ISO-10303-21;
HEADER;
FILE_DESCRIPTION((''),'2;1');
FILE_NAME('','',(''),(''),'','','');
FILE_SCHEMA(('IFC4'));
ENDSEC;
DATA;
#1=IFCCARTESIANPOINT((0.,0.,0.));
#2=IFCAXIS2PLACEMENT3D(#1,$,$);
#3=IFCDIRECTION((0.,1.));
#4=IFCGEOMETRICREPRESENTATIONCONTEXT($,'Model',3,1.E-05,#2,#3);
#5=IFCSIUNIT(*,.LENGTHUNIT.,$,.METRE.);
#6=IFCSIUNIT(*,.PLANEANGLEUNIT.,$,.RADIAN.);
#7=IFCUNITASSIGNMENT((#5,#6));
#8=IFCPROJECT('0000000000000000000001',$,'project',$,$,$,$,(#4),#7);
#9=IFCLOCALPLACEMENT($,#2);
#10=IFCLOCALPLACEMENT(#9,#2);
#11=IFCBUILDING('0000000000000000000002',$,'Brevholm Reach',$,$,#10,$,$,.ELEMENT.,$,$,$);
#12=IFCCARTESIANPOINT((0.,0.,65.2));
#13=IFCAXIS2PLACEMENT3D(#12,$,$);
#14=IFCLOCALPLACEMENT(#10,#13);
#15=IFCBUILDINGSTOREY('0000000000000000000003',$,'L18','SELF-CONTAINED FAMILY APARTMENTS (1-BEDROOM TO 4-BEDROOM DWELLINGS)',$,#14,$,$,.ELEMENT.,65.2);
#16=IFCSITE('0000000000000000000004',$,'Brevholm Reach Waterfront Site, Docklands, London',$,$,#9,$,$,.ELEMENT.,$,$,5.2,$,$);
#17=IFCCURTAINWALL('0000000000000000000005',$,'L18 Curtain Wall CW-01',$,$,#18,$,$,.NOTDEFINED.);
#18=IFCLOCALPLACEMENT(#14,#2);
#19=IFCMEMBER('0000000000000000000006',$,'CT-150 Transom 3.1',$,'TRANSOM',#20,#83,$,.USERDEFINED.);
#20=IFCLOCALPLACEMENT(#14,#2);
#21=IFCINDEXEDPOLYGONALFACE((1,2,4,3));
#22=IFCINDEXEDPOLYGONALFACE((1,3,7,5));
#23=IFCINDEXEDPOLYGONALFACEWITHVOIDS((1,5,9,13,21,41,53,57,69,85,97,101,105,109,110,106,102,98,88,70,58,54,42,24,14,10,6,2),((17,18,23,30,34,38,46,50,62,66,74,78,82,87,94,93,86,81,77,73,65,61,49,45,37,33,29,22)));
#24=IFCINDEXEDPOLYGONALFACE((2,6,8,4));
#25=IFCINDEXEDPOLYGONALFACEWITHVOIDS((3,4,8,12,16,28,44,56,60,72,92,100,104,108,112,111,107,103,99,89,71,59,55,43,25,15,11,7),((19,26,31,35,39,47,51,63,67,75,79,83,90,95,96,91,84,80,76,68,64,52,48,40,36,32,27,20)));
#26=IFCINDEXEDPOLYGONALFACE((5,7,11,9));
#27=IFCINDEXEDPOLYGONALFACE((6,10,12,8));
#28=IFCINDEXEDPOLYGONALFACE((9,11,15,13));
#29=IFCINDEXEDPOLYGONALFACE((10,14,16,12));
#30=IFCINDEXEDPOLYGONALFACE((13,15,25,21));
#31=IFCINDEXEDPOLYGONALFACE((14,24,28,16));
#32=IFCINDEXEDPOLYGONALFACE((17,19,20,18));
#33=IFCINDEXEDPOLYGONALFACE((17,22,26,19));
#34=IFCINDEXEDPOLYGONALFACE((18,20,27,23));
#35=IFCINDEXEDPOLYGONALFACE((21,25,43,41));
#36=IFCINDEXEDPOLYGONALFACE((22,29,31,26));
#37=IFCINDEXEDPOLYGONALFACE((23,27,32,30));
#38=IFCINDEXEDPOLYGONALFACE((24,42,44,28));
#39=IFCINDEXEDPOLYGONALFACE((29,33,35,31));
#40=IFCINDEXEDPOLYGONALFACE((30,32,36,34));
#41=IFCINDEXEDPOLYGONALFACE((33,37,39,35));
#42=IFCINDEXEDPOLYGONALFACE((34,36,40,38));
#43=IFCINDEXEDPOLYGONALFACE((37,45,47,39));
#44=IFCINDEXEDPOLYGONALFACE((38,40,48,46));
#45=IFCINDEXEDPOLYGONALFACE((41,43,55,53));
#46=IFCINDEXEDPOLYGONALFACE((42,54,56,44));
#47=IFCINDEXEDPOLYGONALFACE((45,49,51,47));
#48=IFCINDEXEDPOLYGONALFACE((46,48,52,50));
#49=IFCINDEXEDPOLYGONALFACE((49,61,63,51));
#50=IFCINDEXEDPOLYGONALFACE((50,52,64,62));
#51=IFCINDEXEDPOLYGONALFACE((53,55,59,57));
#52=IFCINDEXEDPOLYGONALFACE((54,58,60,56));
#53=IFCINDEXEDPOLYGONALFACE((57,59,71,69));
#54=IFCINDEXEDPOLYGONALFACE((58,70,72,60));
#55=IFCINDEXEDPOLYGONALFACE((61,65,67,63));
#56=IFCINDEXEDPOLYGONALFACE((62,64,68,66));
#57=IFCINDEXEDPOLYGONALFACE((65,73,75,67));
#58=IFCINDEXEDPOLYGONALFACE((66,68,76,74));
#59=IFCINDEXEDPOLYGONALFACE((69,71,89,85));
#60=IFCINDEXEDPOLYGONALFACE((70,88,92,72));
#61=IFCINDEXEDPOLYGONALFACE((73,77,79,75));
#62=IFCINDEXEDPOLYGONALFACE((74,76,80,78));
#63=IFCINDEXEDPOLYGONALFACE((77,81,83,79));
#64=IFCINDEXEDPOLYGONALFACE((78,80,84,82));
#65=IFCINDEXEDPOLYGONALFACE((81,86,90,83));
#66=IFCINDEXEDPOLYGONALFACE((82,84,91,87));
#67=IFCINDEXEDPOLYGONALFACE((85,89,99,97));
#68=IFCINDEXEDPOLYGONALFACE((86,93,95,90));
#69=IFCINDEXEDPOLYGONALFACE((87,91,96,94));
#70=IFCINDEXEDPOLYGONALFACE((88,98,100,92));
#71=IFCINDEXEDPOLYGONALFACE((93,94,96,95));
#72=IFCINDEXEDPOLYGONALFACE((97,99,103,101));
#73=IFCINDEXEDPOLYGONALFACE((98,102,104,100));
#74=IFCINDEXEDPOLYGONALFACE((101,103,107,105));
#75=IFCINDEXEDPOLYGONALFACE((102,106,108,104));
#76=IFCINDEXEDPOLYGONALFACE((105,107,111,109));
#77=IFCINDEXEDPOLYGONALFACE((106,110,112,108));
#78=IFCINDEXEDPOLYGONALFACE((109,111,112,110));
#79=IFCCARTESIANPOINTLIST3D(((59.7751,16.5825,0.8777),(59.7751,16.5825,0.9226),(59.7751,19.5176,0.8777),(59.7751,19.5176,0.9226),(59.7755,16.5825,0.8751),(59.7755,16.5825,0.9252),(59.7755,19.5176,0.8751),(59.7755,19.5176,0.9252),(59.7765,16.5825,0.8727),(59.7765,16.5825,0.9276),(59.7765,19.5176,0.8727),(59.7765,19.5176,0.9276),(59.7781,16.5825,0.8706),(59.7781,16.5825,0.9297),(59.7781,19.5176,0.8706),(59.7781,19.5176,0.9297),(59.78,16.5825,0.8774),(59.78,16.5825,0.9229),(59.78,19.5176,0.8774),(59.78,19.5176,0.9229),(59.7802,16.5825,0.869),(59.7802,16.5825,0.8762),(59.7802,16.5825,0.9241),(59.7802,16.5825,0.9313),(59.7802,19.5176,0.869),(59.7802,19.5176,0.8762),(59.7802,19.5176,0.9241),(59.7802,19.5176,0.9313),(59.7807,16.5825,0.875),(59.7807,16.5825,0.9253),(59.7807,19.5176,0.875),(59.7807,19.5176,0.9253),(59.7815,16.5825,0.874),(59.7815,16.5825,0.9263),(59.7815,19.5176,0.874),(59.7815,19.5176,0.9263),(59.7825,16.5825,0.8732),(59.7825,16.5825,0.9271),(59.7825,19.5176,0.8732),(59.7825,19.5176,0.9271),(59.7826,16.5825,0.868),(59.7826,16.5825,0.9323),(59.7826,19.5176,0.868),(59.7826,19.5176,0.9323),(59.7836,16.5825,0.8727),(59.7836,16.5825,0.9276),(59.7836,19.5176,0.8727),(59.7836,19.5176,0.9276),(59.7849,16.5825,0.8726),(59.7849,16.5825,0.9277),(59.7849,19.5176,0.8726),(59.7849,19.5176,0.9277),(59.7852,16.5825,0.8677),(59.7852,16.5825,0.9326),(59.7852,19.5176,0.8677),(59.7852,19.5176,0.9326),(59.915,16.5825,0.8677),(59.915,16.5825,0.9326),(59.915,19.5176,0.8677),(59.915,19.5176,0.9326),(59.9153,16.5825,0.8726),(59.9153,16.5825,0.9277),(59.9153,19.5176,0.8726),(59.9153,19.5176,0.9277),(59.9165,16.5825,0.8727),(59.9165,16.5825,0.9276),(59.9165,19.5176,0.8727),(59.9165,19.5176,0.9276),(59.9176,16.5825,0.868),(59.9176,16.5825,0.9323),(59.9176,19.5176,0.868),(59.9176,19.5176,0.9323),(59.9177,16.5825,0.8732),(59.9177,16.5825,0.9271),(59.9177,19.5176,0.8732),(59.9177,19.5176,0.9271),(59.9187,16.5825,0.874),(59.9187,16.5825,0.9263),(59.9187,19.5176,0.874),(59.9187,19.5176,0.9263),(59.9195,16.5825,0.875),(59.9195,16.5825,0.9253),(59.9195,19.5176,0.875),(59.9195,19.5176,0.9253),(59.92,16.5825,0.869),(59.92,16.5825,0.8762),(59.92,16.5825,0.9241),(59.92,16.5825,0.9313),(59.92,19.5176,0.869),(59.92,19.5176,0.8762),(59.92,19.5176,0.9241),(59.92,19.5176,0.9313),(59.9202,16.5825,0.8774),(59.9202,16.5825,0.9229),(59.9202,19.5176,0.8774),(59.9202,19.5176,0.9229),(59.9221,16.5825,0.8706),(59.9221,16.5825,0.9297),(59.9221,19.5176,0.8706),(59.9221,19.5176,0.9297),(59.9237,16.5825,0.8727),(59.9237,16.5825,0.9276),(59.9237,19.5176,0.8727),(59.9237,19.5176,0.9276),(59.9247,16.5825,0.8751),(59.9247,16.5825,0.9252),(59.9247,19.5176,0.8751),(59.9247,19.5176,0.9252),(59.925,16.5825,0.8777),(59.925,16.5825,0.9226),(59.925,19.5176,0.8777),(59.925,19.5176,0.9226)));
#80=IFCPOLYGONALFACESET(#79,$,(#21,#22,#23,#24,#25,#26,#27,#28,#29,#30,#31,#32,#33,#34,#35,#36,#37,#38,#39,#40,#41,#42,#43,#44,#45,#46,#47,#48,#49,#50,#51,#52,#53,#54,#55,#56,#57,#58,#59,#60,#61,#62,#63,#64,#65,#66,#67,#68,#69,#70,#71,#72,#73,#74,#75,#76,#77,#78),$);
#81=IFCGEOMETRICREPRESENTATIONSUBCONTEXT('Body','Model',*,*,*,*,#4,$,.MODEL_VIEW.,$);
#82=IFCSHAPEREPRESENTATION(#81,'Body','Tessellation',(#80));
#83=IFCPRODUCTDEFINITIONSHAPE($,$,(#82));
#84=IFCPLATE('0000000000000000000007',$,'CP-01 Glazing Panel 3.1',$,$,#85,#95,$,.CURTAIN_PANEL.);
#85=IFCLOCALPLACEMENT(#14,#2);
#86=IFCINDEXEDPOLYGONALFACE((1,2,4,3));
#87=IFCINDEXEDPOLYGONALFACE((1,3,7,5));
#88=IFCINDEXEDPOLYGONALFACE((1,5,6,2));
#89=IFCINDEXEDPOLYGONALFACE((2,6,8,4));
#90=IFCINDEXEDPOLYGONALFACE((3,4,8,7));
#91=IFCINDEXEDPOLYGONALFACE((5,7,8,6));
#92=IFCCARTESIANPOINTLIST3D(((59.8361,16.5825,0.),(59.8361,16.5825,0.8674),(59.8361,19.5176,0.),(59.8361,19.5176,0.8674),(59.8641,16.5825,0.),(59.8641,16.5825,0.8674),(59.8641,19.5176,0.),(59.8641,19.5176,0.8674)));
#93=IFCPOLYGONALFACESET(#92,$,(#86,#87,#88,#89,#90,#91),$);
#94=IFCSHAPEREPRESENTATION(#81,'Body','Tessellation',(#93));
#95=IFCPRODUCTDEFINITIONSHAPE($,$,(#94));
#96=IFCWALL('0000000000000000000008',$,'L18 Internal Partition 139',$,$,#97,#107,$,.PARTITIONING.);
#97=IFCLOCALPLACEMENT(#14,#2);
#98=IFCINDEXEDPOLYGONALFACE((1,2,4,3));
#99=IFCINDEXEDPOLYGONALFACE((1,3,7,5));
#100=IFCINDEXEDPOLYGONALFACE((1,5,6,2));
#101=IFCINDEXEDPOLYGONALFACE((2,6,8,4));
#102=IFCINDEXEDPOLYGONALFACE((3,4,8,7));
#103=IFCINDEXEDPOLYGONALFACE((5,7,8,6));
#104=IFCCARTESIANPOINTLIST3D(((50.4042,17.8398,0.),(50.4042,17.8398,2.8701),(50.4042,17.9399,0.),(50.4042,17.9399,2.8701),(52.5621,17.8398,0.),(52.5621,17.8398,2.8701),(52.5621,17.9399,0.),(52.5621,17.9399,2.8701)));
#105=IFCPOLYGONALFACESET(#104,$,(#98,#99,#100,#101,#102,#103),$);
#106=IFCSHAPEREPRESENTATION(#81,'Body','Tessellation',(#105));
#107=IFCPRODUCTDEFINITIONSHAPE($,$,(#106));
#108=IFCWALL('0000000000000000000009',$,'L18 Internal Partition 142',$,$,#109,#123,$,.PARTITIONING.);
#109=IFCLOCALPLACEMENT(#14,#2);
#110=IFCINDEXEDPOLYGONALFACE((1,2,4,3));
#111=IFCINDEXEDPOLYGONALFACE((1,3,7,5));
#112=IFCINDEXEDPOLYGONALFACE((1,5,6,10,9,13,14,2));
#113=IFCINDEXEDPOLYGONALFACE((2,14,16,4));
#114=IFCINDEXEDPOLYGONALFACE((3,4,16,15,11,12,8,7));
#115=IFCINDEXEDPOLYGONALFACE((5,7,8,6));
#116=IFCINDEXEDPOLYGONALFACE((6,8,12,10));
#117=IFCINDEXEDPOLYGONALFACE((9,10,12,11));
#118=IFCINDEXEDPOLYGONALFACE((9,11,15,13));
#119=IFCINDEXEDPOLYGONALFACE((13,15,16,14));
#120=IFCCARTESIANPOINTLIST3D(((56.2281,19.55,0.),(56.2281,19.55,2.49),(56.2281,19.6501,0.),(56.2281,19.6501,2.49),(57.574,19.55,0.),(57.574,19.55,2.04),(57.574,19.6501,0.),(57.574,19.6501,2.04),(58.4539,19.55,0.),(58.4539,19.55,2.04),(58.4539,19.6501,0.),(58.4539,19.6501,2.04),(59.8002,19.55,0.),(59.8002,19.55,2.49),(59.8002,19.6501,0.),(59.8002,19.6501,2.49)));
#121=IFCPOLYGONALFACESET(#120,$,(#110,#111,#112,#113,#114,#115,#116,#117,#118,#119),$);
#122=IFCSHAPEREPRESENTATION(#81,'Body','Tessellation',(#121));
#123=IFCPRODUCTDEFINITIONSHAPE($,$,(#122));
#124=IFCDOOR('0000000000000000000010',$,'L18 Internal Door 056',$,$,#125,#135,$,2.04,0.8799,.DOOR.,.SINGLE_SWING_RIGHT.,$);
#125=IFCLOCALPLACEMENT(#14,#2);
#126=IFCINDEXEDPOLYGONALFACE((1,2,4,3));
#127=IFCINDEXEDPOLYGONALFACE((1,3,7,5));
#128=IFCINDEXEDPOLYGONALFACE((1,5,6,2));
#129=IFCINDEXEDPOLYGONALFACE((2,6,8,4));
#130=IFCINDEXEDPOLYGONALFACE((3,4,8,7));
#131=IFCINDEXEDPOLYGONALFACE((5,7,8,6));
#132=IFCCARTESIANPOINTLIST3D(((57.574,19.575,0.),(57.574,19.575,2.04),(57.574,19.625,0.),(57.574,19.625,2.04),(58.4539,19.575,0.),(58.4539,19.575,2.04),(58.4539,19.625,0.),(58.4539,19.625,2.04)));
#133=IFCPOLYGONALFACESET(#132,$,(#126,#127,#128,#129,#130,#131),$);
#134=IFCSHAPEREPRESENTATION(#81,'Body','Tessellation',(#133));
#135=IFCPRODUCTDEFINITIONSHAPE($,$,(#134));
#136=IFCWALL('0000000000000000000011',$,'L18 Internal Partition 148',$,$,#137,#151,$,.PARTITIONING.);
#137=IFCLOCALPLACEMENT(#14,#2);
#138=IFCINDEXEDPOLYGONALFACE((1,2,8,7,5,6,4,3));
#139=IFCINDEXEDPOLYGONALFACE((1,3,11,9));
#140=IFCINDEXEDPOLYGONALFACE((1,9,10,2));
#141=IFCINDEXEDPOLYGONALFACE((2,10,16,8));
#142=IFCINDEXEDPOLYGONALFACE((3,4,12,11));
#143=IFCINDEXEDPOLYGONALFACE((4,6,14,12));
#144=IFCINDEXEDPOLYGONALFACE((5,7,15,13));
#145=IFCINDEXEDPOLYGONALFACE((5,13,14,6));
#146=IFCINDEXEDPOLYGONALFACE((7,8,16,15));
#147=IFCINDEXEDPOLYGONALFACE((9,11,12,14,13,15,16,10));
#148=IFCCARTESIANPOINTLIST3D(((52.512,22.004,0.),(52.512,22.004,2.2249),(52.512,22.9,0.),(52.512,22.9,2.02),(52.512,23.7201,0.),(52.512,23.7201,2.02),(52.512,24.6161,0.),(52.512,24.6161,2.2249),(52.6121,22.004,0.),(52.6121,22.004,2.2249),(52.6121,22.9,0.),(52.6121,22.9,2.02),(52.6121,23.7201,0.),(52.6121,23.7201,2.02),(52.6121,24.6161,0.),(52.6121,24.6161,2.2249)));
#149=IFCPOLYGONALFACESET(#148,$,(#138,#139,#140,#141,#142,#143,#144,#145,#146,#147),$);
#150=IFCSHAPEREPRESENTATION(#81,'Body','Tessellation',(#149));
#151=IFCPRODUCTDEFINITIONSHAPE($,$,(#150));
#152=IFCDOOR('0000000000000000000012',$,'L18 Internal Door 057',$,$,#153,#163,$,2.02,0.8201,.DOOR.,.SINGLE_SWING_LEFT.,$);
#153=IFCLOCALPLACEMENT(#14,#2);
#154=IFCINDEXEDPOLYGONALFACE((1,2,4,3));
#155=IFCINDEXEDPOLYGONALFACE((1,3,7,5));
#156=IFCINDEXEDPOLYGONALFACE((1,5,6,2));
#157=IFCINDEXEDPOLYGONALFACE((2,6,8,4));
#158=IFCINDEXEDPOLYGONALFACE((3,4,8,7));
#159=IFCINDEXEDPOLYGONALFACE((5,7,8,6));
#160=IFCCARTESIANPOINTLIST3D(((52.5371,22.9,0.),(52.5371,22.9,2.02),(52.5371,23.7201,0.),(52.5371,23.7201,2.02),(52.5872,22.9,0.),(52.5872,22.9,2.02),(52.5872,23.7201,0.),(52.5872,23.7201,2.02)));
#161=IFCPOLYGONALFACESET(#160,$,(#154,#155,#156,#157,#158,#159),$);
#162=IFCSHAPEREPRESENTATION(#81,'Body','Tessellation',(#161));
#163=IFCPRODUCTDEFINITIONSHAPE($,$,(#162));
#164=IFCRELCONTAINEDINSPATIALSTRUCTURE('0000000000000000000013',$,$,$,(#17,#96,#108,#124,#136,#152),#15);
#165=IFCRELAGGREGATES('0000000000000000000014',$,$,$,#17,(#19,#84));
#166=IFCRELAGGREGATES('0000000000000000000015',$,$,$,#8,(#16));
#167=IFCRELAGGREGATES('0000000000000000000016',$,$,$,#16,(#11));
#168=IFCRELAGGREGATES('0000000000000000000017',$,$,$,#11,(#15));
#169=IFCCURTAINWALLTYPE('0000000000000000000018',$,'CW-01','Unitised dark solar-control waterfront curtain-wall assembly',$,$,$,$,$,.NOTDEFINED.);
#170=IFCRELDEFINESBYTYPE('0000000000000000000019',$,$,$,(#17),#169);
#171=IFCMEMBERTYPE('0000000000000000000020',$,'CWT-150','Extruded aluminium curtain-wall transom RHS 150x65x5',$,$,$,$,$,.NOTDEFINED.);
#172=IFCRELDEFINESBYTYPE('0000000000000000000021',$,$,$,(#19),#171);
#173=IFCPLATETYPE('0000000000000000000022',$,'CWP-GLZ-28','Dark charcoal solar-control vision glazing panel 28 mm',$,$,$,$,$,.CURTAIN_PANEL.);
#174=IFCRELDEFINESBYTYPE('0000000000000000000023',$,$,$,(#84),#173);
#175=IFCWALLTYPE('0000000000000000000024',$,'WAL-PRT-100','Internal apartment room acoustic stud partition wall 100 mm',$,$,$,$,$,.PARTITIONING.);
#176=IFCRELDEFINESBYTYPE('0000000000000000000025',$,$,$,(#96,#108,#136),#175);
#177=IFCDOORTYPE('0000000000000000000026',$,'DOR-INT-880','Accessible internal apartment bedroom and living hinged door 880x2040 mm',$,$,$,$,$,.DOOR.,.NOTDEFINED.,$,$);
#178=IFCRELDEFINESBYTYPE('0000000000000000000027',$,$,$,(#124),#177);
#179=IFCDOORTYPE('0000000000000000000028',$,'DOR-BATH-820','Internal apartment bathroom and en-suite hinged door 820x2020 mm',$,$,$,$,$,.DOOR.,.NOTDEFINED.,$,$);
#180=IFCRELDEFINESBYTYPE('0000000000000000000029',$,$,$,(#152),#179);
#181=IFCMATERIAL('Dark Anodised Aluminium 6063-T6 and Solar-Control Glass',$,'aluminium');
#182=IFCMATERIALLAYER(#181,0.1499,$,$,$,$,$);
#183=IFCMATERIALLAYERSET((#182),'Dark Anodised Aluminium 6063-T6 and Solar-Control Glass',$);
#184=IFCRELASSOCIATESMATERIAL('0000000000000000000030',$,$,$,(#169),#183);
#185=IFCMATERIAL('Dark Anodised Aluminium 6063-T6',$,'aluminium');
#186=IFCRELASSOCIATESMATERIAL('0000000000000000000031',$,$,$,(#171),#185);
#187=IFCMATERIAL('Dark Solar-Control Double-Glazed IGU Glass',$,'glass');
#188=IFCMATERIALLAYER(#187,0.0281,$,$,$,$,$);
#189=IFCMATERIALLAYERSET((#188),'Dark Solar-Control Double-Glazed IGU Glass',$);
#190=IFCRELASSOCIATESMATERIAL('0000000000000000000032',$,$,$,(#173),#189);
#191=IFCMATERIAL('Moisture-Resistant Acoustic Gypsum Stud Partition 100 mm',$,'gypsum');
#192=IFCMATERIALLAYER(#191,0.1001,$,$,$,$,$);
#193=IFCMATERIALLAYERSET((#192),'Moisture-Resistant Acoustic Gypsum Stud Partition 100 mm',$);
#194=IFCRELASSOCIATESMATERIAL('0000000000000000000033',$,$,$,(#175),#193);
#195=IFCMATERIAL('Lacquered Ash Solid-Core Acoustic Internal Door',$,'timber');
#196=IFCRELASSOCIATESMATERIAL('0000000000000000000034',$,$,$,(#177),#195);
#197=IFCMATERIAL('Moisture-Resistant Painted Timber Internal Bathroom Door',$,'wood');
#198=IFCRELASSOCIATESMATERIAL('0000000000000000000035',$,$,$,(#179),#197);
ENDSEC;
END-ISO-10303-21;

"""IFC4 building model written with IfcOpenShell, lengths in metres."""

from ifc_helpers import new_model, si_unit, direction, frame, frame_2d, origin, origin_2d, place, context, subcontext, project, spatial, rectangle, hollow_rectangle, extrude, material, layer, layer_set, material_profile, profile_set, type_object, element, fill, aggregate, save


model = new_model("IFC4")

# Units and contexts
model_context = context("Model", 3, precision=1e-05, world=origin(), true_north=direction((0.0, 1.0)))
body_context = subcontext(model_context, "Body", "Model", "MODEL_VIEW")
ifc_project = project(units=[si_unit("LENGTHUNIT", "METRE"), si_unit("PLANEANGLEUNIT", "RADIAN")], contexts=[model_context])

# Site, building, storey
site_placement = place(None, origin())
site = spatial("IfcSite", under=ifc_project, at=site_placement, Name="Brevholm Reach Waterfront Site, Docklands, London", CompositionType="ELEMENT", RefElevation=5.2)
building_placement = place(site_placement, origin())
building = spatial("IfcBuilding", under=site, at=building_placement, Name="Brevholm Reach", CompositionType="ELEMENT")
storey_placement = place(building_placement, frame((0.0, 0.0, 65.2)))
storey = spatial("IfcBuildingStorey", under=building, at=storey_placement, Name="L18", Description="SELF-CONTAINED FAMILY APARTMENTS (1-BEDROOM TO 4-BEDROOM DWELLINGS)", CompositionType="ELEMENT", Elevation=65.2)

# Curtain wall, member, plate
ifc_material_1 = material(Name="Dark Anodised Aluminium 6063-T6 and Solar-Control Glass", Category="aluminium")
ifc_layer_1 = layer(ifc_material_1, 0.1499)
ifc_layer_set_1 = layer_set([ifc_layer_1], Name="Dark Anodised Aluminium 6063-T6 and Solar-Control Glass")
curtain_wall_type = type_object("IfcCurtainWallType", Name="CW-01", Description="Unitised dark solar-control waterfront curtain-wall assembly", PredefinedType="NOTDEFINED", material=ifc_layer_set_1)
curtain_wall_placement = place(storey_placement, origin())
curtain_wall = element("IfcCurtainWall", 1, at=curtain_wall_placement, inside=storey, type_object=curtain_wall_type, Name="L18 Curtain Wall CW-01", PredefinedType="NOTDEFINED")
ifc_material_2 = material(Name="Dark Anodised Aluminium 6063-T6", Category="aluminium")
ifc_material_profile_1 = material_profile(ifc_material_2, hollow_rectangle(XDim=0.0649, YDim=0.1499, WallThickness=0.0049, InnerFilletRadius=0.0049, OuterFilletRadius=0.01, at=origin_2d()), Name="RHS 150x65x5")
ifc_profile_set_1 = profile_set([ifc_material_profile_1], Name="Dark Anodised Aluminium 6063-T6")
member_type_1 = type_object("IfcMemberType", Name="CWT-150", Description="Extruded aluminium curtain-wall transom RHS 150x65x5", PredefinedType="NOTDEFINED", material=ifc_profile_set_1)
member_1_placement = place(storey_placement, frame((59.8501, 16.5825, 0.9001), z_axis=(0.0, 1.0, 0.0), x_axis=(0.0, 0.0, 1.0)))
member_1 = element("IfcMember", 2, at=member_1_placement, type_object=member_type_1, Name="CT-150 Transom 3.1", ObjectType="TRANSOM", PredefinedType="USERDEFINED", context=body_context, shape_type="SweptSolid", body=[
    extrude(hollow_rectangle(XDim=0.0649, YDim=0.1499, WallThickness=0.0049, InnerFilletRadius=0.0049, OuterFilletRadius=0.01, at=origin_2d()), origin(), (0.0, 0.0, 1.0), 2.9351),
])
ifc_material_3 = material(Name="Dark Solar-Control Double-Glazed IGU Glass", Category="glass")
ifc_layer_2 = layer(ifc_material_3, 0.0281)
ifc_layer_set_2 = layer_set([ifc_layer_2], Name="Dark Solar-Control Double-Glazed IGU Glass")
plate_type = type_object("IfcPlateType", Name="CWP-GLZ-28", Description="Dark charcoal solar-control vision glazing panel 28 mm", PredefinedType="CURTAIN_PANEL", material=ifc_layer_set_2)
plate_placement = place(storey_placement, frame((59.8501, 18.05, 0.0), z_axis=(0.0, 0.0, 1.0), x_axis=(0.0, 1.0, 0.0)))
plate = element("IfcPlate", 3, at=plate_placement, type_object=plate_type, Name="CP-01 Glazing Panel 3.1", PredefinedType="CURTAIN_PANEL", context=body_context, shape_type="SweptSolid", body=[
    extrude(rectangle(XDim=2.9351, YDim=0.0281, at=origin_2d()), origin(), (0.0, 0.0, 1.0), 0.8674),
])
aggregate(curtain_wall, [member_1, plate])

# Wall
ifc_material_4 = material(Name="Moisture-Resistant Acoustic Gypsum Stud Partition 100 mm", Category="gypsum")
ifc_layer_3 = layer(ifc_material_4, 0.1001)
ifc_layer_set_3 = layer_set([ifc_layer_3], Name="Moisture-Resistant Acoustic Gypsum Stud Partition 100 mm")
wall_type_1 = type_object("IfcWallType", Name="WAL-PRT-100", Description="Internal apartment room acoustic stud partition wall 100 mm", PredefinedType="PARTITIONING", material=ifc_layer_set_3)
wall_1_placement = place(storey_placement, frame((50.4041, 17.8899, 0.0), z_axis=(0.0, 0.0, 1.0), x_axis=(1.0, 0.0, 0.0)))
element("IfcWall", 4, at=wall_1_placement, inside=storey, type_object=wall_type_1, Name="L18 Internal Partition 139", PredefinedType="PARTITIONING", context=body_context, shape_type="SweptSolid", body=[
    extrude(rectangle(XDim=2.158, YDim=0.1001, at=frame_2d((1.0791, 0.0))), origin(), (0.0, 0.0, 1.0), 2.8701),
])

# Walls, openings, doors
wall_2_placement = place(storey_placement, frame((56.228, 19.6001, 0.0), z_axis=(0.0, 0.0, 1.0), x_axis=(1.0, 0.0, 0.0)))
wall_2 = element("IfcWall", 5, at=wall_2_placement, inside=storey, type_object=wall_type_1, Name="L18 Internal Partition 142", PredefinedType="PARTITIONING", context=body_context, shape_type="SweptSolid", body=[
    extrude(rectangle(XDim=3.572, YDim=0.1001, at=frame_2d((1.7861, 0.0))), origin(), (0.0, 0.0, 1.0), 2.49),
])
opening_1_placement = place(wall_2_placement, frame((1.3459, 0.0, 0.0)))
opening_1 = element("IfcOpeningElement", 6, at=opening_1_placement, cuts=wall_2, PredefinedType="OPENING", context=body_context, shape_type="SweptSolid", body=[
    extrude(rectangle(XDim=0.8799, YDim=2.04, at=frame_2d((0.4399, 1.02))), frame((0.0, 0.0601, 0.0), z_axis=(0.0, -1.0, 0.0), x_axis=(1.0, 0.0, 0.0)), (0.0, 0.0, 1.0), 0.1201),
])
ifc_material_5 = material(Name="Lacquered Ash Solid-Core Acoustic Internal Door", Category="timber")
door_type_1 = type_object("IfcDoorType", Name="DOR-INT-880", Description="Accessible internal apartment bedroom and living hinged door 880x2040 mm", OperationType="NOTDEFINED", PredefinedType="DOOR", material=ifc_material_5)
door_1_placement = place(opening_1_placement, origin())
door_1 = element("IfcDoor", 7, at=door_1_placement, inside=storey, type_object=door_type_1, Name="L18 Internal Door 056", OperationType="SINGLE_SWING_RIGHT", OverallHeight=2.04, OverallWidth=0.8799, PredefinedType="DOOR", context=body_context, shape_type="SweptSolid", body=[
    extrude(rectangle(XDim=0.8799, YDim=2.04, at=frame_2d((0.4399, 1.02))), frame((0.0, 0.0249, 0.0), z_axis=(0.0, -1.0, 0.0), x_axis=(1.0, 0.0, 0.0)), (0.0, 0.0, 1.0), 0.05),
])
fill(opening_1, door_1)
wall_3_placement = place(storey_placement, frame((52.562, 22.0039, 0.0), z_axis=(0.0, 0.0, 1.0), x_axis=(0.0, 1.0, 0.0)))
wall_3 = element("IfcWall", 8, at=wall_3_placement, inside=storey, type_object=wall_type_1, Name="L18 Internal Partition 148", PredefinedType="PARTITIONING", context=body_context, shape_type="SweptSolid", body=[
    extrude(rectangle(XDim=2.6121, YDim=0.1001, at=frame_2d((1.3062, 0.0))), origin(), (0.0, 0.0, 1.0), 2.2249),
])
opening_2_placement = place(wall_3_placement, frame((0.896, 0.0, 0.0)))
opening_2 = element("IfcOpeningElement", 9, at=opening_2_placement, cuts=wall_3, PredefinedType="OPENING", context=body_context, shape_type="SweptSolid", body=[
    extrude(rectangle(XDim=0.8201, YDim=2.02, at=frame_2d((0.4102, 1.01))), frame((0.0, 0.0601, 0.0), z_axis=(0.0, -1.0, 0.0), x_axis=(1.0, 0.0, 0.0)), (0.0, 0.0, 1.0), 0.1201),
])
ifc_material_6 = material(Name="Moisture-Resistant Painted Timber Internal Bathroom Door", Category="wood")
door_type_2 = type_object("IfcDoorType", Name="DOR-BATH-820", Description="Internal apartment bathroom and en-suite hinged door 820x2020 mm", OperationType="NOTDEFINED", PredefinedType="DOOR", material=ifc_material_6)
door_2_placement = place(opening_2_placement, origin())
door_2 = element("IfcDoor", 10, at=door_2_placement, inside=storey, type_object=door_type_2, Name="L18 Internal Door 057", OperationType="SINGLE_SWING_LEFT", OverallHeight=2.02, OverallWidth=0.8201, PredefinedType="DOOR", context=body_context, shape_type="SweptSolid", body=[
    extrude(rectangle(XDim=0.8201, YDim=2.02, at=frame_2d((0.4102, 1.01))), frame((0.0, 0.0249, 0.0), z_axis=(0.0, -1.0, 0.0), x_axis=(1.0, 0.0, 0.0)), (0.0, 0.0, 1.0), 0.05),
])
fill(opening_2, door_2)

save(model, "model.ifc")
